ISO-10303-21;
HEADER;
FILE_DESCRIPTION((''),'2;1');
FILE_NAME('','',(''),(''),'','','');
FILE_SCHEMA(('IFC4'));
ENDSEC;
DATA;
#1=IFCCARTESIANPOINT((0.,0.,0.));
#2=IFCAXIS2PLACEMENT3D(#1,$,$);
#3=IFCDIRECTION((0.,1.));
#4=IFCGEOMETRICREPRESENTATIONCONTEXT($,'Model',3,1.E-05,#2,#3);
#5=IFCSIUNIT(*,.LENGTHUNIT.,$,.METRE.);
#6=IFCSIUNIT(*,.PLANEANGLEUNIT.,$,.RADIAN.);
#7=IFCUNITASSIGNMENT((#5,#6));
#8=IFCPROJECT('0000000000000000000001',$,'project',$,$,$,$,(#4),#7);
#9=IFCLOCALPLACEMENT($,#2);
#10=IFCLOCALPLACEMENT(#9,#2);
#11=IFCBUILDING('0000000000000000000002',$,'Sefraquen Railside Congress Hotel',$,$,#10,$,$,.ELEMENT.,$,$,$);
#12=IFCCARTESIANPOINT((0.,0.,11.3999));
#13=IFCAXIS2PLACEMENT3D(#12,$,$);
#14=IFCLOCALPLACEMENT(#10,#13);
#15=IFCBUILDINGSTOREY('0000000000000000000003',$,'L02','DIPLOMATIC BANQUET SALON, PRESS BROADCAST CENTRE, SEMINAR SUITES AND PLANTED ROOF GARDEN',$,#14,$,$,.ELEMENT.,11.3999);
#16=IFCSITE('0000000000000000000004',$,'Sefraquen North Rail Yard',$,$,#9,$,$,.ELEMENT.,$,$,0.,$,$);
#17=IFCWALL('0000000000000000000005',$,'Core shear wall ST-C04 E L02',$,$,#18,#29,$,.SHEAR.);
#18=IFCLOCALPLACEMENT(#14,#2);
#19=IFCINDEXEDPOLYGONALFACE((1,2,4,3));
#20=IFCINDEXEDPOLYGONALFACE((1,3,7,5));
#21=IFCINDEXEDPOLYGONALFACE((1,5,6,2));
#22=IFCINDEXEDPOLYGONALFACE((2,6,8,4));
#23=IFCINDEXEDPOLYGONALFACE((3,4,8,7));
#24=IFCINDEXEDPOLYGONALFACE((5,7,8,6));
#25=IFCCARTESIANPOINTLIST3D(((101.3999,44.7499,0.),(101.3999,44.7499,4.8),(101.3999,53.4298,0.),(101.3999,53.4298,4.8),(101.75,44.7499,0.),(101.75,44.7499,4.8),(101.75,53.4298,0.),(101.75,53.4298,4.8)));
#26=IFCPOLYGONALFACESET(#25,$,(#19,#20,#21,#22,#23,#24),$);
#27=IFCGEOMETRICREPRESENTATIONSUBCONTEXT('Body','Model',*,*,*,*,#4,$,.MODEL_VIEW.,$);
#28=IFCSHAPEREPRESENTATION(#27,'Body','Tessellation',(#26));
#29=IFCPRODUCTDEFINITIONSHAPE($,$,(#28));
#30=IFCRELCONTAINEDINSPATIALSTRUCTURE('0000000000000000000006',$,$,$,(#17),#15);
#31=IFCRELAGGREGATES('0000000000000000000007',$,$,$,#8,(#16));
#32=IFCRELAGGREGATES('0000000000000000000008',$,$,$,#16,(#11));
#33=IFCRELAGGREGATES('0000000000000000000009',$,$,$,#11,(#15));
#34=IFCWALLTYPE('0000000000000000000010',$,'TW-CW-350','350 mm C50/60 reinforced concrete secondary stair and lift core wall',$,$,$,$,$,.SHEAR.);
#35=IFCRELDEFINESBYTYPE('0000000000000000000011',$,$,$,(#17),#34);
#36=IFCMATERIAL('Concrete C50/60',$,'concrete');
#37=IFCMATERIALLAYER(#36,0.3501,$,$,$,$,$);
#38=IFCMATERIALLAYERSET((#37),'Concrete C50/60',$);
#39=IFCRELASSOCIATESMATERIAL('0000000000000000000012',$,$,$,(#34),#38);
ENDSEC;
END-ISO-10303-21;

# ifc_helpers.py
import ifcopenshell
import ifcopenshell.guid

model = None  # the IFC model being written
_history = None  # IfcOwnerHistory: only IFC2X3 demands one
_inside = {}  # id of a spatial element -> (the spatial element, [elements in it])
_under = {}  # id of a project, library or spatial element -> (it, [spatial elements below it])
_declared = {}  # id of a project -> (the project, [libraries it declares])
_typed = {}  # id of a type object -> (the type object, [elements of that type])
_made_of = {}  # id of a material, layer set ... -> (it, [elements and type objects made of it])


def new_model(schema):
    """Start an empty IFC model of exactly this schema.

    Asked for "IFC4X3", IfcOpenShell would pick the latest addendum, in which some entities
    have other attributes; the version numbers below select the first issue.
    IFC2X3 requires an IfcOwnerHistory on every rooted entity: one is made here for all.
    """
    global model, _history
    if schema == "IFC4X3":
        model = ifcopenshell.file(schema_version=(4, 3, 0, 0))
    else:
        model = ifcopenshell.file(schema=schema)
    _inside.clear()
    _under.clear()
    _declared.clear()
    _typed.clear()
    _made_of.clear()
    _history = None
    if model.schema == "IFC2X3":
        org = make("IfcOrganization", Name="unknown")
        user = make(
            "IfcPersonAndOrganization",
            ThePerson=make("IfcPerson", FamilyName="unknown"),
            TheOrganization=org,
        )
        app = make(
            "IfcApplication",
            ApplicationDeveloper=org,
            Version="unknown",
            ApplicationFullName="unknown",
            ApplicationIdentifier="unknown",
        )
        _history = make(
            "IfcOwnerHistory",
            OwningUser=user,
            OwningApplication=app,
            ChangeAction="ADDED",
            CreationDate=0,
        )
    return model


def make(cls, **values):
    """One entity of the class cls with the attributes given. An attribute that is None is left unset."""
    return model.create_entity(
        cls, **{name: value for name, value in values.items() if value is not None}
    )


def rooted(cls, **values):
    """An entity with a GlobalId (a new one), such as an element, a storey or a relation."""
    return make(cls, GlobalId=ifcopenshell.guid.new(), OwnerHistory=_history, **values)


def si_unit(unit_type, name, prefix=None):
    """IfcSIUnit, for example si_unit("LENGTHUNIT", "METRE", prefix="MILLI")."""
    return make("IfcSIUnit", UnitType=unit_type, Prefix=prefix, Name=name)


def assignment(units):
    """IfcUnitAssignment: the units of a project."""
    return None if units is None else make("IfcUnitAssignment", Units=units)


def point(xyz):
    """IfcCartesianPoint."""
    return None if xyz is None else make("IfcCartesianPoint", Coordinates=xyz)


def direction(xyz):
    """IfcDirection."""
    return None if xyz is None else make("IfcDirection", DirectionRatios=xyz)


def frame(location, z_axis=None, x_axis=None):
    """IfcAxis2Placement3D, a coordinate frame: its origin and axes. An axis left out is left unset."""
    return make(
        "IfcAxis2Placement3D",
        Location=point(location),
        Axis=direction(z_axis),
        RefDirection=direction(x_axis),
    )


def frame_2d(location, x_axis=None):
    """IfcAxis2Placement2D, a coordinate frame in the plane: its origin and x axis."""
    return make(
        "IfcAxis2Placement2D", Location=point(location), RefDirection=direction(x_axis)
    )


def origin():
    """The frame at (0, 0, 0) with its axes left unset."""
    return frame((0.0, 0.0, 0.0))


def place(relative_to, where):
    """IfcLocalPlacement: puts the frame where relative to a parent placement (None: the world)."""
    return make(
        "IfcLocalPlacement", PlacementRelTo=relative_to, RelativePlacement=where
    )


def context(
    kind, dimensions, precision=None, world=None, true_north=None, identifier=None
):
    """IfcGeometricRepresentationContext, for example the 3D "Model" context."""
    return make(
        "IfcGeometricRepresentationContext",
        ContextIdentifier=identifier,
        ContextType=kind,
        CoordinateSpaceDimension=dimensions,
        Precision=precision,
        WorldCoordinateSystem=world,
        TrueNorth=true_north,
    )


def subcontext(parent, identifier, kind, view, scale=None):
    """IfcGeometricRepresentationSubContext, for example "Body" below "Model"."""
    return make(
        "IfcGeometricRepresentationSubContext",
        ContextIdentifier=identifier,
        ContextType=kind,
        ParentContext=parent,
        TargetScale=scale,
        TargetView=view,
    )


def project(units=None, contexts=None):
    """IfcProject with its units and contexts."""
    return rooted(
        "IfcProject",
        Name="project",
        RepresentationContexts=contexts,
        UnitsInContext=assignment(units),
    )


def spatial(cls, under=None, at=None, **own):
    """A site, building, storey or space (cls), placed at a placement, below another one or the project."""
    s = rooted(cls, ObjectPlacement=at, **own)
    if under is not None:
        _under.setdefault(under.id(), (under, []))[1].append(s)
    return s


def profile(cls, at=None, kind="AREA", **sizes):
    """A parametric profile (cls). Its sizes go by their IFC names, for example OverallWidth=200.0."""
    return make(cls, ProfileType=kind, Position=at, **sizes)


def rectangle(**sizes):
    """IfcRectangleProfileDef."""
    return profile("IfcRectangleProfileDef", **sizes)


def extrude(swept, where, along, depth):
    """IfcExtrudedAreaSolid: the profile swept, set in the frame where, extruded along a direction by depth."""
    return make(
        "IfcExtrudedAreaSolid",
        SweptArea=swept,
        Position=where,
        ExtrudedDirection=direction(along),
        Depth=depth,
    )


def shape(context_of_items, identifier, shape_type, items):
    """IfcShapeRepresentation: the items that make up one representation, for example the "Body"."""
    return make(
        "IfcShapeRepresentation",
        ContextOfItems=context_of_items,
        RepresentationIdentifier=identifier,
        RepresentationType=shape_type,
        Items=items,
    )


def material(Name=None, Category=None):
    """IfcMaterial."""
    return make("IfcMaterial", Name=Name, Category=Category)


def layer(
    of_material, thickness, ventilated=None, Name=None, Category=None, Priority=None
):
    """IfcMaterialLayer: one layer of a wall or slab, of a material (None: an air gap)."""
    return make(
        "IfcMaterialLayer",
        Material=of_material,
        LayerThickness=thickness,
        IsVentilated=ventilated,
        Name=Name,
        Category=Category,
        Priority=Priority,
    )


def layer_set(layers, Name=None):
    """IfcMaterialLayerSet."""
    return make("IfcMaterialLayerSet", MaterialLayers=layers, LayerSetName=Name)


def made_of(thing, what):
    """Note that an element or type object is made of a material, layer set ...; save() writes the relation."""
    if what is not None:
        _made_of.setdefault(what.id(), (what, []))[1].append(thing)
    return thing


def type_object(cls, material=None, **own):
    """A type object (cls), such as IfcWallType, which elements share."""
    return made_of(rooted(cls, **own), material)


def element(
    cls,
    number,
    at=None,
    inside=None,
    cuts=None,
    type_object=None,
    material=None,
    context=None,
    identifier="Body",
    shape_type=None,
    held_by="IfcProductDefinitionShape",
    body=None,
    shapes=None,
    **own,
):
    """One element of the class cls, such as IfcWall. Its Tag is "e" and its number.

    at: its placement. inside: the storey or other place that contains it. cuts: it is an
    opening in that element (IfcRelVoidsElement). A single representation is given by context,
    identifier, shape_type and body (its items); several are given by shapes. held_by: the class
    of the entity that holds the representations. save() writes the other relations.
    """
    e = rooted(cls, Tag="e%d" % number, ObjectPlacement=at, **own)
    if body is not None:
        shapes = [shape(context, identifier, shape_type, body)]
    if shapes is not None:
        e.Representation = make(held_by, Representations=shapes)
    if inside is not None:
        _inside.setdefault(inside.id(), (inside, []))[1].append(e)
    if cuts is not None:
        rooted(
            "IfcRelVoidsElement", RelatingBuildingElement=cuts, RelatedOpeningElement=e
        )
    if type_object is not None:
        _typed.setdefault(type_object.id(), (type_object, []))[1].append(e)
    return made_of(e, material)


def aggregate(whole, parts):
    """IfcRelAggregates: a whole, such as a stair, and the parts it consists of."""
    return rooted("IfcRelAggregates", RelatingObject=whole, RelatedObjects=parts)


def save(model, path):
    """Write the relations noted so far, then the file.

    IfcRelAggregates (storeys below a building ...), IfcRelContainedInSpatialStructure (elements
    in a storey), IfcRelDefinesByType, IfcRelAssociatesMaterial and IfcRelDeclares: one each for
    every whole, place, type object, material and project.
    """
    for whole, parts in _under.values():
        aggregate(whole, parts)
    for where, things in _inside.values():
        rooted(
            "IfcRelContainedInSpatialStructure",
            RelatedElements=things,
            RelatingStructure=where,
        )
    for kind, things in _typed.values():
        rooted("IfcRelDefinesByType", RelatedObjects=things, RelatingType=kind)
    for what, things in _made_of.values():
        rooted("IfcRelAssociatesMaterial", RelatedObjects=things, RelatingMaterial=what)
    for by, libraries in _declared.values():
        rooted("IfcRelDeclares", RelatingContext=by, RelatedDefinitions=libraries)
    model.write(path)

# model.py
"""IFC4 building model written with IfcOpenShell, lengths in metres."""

from ifc_helpers import new_model, si_unit, direction, frame, frame_2d, origin, place, context, subcontext, project, spatial, rectangle, extrude, material, layer, layer_set, type_object, element, save


model = new_model("IFC4")

# Units and contexts
model_context = context("Model", 3, precision=1e-05, world=origin(), true_north=direction((0.0, 1.0)))
body_context = subcontext(model_context, "Body", "Model", "MODEL_VIEW")
ifc_project = project(units=[si_unit("LENGTHUNIT", "METRE"), si_unit("PLANEANGLEUNIT", "RADIAN")], contexts=[model_context])

# Site, building, storey
site_placement = place(None, origin())
site = spatial("IfcSite", under=ifc_project, at=site_placement, Name="Sefraquen North Rail Yard", CompositionType="ELEMENT", RefElevation=0.0)
building_placement = place(site_placement, origin())
building = spatial("IfcBuilding", under=site, at=building_placement, Name="Sefraquen Railside Congress Hotel", CompositionType="ELEMENT")
storey_placement = place(building_placement, frame((0.0, 0.0, 11.3999)))
storey = spatial("IfcBuildingStorey", under=building, at=storey_placement, Name="L02", Description="DIPLOMATIC BANQUET SALON, PRESS BROADCAST CENTRE, SEMINAR SUITES AND PLANTED ROOF GARDEN", CompositionType="ELEMENT", Elevation=11.3999)

# Shared definitions
ifc_material_1 = material(Name="Concrete C50/60", Category="concrete")
ifc_layer = layer(ifc_material_1, 0.3501)
ifc_layer_set = layer_set([ifc_layer], Name="Concrete C50/60")
wall_type = type_object("IfcWallType", Name="TW-CW-350", Description="350 mm C50/60 reinforced concrete secondary stair and lift core wall", PredefinedType="SHEAR", material=ifc_layer_set)

# Wall
wall_1_placement = place(storey_placement, frame((101.575, 44.75, 0.0), z_axis=(0.0, 0.0, 1.0), x_axis=(0.0, 1.0, 0.0)))
element("IfcWall", 1, at=wall_1_placement, inside=storey, type_object=wall_type, Name="Core shear wall ST-C04 E L02", PredefinedType="SHEAR", context=body_context, shape_type="SweptSolid", body=[
    extrude(rectangle(XDim=8.6799, YDim=0.3501, at=frame_2d((4.3398, 0.0))), origin(), (0.0, 0.0, 1.0), 4.8),
])

save(model, "model.ifc")
